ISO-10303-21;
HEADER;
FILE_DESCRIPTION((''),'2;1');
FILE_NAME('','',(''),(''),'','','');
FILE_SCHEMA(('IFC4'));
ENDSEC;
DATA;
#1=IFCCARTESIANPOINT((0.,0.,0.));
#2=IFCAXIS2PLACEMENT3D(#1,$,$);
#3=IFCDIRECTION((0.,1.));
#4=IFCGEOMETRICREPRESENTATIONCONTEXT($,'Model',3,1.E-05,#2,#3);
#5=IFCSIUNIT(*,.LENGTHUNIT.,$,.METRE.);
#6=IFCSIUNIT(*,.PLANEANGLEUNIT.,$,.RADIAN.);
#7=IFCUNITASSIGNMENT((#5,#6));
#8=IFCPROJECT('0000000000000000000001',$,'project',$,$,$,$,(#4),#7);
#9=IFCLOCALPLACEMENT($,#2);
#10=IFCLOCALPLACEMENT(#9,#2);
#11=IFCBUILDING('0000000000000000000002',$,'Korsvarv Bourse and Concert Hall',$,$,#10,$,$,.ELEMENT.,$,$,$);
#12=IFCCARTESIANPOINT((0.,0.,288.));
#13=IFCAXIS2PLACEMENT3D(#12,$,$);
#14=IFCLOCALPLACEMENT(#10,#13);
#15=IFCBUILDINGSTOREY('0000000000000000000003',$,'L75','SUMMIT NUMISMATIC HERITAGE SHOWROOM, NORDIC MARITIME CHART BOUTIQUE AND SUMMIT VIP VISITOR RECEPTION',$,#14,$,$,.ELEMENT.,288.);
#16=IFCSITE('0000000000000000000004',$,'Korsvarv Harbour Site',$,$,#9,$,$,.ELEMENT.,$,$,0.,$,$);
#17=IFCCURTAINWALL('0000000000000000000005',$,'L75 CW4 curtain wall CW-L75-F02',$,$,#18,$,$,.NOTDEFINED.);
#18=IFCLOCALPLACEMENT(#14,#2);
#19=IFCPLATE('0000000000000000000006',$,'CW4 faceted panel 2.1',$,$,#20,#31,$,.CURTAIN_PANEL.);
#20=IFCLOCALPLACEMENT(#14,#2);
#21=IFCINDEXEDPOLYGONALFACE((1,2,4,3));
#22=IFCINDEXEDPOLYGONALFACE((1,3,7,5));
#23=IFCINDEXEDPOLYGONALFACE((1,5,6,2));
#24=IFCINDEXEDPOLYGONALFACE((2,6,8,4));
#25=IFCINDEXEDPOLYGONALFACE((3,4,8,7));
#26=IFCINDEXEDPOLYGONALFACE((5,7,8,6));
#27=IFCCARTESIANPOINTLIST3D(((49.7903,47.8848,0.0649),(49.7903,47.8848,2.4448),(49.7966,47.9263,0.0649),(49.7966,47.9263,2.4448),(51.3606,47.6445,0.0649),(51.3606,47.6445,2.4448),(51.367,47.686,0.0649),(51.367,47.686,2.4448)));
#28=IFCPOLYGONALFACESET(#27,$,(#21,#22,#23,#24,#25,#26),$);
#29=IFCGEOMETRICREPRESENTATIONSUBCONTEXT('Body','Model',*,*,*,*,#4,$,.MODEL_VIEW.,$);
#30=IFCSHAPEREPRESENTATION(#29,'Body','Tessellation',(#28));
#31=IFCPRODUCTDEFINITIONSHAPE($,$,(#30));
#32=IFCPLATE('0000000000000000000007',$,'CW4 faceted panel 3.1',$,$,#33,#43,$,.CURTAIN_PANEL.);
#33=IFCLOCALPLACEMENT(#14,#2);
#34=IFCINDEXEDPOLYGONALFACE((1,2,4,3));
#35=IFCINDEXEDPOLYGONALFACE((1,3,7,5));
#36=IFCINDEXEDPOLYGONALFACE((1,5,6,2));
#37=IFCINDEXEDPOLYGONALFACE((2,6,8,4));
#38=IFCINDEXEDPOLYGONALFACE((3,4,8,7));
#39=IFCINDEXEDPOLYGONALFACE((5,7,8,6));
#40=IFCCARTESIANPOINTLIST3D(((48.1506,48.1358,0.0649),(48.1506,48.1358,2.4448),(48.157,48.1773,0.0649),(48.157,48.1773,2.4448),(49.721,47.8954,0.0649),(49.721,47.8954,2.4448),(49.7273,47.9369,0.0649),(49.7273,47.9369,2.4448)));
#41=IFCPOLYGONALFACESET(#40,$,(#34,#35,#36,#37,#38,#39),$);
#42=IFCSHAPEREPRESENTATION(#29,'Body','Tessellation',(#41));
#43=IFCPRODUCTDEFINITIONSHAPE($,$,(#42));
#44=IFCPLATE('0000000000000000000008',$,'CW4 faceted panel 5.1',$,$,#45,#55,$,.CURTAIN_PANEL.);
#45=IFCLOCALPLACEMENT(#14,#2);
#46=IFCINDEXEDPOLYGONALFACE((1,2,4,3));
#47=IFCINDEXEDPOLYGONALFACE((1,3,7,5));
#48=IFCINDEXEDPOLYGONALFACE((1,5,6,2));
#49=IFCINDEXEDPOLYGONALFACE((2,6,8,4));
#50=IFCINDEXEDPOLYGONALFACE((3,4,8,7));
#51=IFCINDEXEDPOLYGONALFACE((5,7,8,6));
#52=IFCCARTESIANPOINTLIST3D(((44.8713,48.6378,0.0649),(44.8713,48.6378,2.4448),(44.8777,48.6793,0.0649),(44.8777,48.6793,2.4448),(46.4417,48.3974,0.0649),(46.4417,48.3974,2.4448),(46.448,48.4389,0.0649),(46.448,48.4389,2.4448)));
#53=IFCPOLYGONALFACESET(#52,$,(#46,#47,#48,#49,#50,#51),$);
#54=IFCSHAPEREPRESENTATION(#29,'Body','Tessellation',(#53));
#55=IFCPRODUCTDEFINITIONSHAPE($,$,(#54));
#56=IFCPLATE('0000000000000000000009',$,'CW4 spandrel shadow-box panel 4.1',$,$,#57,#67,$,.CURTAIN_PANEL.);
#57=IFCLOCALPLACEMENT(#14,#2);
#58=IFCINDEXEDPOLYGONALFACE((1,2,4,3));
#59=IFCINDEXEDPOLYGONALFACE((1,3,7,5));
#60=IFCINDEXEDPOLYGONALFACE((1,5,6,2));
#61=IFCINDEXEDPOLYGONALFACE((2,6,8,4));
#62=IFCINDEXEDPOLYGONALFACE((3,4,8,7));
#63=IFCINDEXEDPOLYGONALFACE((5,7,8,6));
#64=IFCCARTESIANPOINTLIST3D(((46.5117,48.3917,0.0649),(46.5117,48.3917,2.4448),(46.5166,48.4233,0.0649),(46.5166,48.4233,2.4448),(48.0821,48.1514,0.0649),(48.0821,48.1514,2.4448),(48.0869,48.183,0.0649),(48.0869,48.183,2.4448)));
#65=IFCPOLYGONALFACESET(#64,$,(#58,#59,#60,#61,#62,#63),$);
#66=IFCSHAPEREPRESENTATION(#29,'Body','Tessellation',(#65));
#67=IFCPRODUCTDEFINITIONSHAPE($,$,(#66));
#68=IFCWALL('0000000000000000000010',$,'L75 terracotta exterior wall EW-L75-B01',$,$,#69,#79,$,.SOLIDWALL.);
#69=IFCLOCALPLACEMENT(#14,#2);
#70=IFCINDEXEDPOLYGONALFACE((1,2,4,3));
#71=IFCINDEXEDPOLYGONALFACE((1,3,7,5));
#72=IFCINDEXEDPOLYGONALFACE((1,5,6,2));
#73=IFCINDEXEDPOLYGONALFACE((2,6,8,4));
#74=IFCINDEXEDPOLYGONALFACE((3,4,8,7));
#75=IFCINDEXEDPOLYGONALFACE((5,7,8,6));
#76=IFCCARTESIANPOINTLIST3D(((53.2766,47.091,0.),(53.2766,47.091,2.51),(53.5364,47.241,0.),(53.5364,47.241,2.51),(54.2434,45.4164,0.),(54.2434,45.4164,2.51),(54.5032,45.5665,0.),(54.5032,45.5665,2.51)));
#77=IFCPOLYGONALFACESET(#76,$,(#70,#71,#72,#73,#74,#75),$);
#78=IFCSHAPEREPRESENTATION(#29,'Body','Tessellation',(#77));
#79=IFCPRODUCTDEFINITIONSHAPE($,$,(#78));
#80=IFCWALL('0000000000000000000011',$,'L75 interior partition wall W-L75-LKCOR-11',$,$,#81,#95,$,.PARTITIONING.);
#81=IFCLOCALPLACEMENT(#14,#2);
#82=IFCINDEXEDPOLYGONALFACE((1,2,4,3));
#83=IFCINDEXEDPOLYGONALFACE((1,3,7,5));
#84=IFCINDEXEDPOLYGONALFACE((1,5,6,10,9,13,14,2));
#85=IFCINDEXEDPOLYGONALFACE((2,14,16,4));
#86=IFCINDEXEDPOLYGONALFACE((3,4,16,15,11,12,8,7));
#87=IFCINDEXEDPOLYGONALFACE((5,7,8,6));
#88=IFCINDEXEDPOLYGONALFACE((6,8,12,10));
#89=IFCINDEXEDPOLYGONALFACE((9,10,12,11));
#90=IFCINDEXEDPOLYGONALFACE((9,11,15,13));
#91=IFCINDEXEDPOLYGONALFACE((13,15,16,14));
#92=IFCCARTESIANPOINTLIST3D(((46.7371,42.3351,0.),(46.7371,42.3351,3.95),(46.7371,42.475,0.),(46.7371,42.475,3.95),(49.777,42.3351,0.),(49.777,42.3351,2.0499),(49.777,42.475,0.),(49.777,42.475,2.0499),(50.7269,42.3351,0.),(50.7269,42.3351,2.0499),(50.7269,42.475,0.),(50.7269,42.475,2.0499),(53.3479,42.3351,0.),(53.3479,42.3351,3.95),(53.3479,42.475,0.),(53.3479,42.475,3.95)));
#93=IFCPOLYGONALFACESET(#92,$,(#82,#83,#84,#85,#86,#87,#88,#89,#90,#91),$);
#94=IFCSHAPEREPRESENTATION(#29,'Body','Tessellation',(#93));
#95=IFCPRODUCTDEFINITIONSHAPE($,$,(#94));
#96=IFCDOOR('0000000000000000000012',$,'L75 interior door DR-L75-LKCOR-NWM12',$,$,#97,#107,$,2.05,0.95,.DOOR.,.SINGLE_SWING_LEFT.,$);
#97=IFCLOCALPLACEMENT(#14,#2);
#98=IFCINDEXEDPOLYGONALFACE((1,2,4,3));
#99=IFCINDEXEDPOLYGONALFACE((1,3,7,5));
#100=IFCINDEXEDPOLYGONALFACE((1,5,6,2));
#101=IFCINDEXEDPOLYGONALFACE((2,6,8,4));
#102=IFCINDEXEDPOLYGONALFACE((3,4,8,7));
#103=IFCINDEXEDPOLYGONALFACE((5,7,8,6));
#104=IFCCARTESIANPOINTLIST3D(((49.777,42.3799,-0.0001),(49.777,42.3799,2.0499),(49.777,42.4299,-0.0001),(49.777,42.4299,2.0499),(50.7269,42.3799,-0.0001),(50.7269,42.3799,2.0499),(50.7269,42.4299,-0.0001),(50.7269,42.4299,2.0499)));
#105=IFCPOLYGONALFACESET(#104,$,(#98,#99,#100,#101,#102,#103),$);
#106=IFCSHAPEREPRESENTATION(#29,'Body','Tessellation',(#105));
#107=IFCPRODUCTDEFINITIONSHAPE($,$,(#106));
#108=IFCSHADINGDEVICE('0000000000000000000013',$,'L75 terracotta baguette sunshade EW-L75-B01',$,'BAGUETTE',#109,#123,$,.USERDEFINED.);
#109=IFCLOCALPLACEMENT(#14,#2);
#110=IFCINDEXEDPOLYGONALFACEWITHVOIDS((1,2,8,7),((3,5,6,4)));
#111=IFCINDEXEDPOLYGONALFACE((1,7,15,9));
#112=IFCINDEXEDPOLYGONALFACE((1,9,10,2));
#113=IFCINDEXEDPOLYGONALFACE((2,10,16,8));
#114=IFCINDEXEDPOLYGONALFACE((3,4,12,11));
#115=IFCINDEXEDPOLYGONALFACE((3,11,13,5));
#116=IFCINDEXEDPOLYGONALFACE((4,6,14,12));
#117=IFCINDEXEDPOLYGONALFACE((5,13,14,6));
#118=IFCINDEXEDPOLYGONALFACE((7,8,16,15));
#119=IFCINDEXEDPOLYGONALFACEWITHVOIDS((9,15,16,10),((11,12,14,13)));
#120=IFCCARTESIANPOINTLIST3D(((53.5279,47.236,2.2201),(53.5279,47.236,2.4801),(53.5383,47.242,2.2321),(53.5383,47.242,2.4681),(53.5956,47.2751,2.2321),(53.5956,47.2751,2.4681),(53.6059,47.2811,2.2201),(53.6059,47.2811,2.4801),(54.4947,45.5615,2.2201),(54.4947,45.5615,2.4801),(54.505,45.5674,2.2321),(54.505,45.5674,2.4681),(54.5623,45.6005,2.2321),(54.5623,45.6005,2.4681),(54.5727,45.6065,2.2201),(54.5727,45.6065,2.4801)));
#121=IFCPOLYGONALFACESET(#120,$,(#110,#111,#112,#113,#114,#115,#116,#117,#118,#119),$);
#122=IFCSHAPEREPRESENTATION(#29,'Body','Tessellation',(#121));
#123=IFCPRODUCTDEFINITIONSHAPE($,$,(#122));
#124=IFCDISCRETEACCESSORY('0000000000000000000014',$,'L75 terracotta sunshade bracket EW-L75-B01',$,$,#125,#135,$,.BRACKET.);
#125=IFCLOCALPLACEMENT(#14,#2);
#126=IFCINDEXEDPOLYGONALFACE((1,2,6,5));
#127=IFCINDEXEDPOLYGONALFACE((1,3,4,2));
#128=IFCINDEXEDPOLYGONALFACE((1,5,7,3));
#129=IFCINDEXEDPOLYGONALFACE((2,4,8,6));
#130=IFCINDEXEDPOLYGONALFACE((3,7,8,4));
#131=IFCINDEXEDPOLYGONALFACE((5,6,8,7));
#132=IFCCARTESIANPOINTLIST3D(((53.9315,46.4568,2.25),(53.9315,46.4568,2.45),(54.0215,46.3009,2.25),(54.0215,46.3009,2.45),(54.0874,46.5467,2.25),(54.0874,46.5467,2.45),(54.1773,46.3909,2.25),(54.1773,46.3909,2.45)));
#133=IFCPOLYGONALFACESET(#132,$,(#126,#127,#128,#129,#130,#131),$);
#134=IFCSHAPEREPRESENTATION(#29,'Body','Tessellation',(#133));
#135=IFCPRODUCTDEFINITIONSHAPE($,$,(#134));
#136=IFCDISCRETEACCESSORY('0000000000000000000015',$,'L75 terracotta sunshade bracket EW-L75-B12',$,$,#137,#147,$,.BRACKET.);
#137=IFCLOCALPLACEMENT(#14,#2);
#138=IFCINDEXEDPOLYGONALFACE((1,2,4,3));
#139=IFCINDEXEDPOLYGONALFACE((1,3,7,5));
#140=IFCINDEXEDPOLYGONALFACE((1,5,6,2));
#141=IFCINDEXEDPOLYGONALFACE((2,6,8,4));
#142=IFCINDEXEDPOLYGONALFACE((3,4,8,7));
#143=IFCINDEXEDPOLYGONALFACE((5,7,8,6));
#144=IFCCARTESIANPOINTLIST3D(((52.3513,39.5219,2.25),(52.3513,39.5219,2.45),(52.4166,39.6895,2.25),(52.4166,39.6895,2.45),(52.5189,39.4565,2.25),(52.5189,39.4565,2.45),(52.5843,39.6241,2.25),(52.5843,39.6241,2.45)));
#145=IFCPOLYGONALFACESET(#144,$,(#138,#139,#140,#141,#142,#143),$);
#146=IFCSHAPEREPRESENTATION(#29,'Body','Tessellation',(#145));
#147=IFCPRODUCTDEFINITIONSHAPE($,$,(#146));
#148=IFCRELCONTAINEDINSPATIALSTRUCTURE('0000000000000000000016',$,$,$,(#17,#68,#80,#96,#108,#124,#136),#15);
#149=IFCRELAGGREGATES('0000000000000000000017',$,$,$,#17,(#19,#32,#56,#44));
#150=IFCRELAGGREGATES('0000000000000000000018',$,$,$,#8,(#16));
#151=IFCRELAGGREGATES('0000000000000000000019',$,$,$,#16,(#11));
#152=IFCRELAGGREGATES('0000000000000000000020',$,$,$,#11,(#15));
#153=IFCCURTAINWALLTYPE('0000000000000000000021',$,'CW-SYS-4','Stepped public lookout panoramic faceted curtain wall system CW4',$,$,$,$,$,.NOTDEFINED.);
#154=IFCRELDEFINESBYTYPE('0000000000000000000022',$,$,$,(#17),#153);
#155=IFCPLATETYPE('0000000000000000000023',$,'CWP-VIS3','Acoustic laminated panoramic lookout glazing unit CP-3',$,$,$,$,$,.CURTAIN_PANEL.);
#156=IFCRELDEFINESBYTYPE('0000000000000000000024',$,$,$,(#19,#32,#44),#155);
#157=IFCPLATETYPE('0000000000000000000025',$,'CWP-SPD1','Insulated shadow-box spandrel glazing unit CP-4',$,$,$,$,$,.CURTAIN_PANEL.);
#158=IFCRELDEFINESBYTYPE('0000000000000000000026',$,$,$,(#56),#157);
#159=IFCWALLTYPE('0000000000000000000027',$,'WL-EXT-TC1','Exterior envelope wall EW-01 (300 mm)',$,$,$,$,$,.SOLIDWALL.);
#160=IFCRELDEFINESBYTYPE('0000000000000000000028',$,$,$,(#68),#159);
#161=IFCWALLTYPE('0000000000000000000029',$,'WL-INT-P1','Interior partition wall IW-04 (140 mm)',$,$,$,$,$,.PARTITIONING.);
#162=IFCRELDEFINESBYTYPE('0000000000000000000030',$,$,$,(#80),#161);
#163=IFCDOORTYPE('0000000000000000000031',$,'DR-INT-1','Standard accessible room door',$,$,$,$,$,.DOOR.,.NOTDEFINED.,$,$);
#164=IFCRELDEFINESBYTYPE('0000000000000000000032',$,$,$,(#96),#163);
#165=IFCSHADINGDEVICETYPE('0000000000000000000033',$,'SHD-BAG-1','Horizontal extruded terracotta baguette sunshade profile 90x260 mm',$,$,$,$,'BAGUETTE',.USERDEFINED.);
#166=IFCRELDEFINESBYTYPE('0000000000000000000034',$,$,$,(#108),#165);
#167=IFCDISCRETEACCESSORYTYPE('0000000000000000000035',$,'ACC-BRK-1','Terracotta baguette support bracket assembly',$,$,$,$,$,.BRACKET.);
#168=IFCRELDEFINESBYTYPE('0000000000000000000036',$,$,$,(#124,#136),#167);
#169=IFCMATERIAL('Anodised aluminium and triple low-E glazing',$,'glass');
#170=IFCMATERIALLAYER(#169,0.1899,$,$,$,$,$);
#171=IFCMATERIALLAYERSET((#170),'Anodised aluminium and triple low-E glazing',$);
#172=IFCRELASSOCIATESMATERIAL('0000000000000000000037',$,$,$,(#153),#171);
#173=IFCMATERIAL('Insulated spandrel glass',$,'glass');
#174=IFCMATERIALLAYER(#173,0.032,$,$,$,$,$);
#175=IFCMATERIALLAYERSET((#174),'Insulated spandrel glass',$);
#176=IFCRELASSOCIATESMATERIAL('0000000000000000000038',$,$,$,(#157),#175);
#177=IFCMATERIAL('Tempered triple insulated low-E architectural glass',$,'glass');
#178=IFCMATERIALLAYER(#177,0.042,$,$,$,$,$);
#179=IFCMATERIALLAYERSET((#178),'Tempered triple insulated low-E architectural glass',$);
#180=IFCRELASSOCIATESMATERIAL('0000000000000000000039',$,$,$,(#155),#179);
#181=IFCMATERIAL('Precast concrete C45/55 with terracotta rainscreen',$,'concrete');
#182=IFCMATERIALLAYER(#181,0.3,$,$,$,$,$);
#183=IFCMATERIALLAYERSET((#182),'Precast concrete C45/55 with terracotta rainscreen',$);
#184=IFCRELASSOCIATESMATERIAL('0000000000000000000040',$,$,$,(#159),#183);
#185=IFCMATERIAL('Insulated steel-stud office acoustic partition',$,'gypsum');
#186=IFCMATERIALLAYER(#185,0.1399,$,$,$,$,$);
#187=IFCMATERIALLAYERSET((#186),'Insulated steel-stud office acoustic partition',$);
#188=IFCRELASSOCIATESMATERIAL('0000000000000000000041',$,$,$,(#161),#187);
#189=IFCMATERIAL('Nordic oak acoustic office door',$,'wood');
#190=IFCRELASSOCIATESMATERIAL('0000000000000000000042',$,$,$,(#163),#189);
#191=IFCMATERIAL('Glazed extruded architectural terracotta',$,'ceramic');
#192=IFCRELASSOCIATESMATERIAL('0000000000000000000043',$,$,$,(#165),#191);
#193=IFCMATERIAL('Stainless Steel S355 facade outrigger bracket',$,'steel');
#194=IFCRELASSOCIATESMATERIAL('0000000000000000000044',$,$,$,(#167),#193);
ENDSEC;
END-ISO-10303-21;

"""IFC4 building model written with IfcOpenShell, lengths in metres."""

from ifc_helpers import new_model, si_unit, direction, frame, frame_2d, origin, origin_2d, place, context, subcontext, project, spatial, rectangle, hollow_rectangle, extrude, source, transform, mapped, material, layer, layer_set, material_profile, profile_set, type_object, element, fill, aggregate, save


model = new_model("IFC4")

# Units and contexts
model_context = context("Model", 3, precision=1e-05, world=origin(), true_north=direction((0.0, 1.0)))
body_context = subcontext(model_context, "Body", "Model", "MODEL_VIEW")
ifc_project = project(units=[si_unit("LENGTHUNIT", "METRE"), si_unit("PLANEANGLEUNIT", "RADIAN")], contexts=[model_context])

# Site, building, storey
site_placement = place(None, origin())
site = spatial("IfcSite", under=ifc_project, at=site_placement, Name="Korsvarv Harbour Site", CompositionType="ELEMENT", RefElevation=0.0)
building_placement = place(site_placement, origin())
building = spatial("IfcBuilding", under=site, at=building_placement, Name="Korsvarv Bourse and Concert Hall", CompositionType="ELEMENT")
storey_placement = place(building_placement, frame((0.0, 0.0, 288.0)))
storey = spatial("IfcBuildingStorey", under=building, at=storey_placement, Name="L75", Description="SUMMIT NUMISMATIC HERITAGE SHOWROOM, NORDIC MARITIME CHART BOUTIQUE AND SUMMIT VIP VISITOR RECEPTION", CompositionType="ELEMENT", Elevation=288.0)

# Curtain wall, plates
ifc_material_1 = material(Name="Anodised aluminium and triple low-E glazing", Category="glass")
ifc_layer_1 = layer(ifc_material_1, 0.1899)
ifc_layer_set_1 = layer_set([ifc_layer_1], Name="Anodised aluminium and triple low-E glazing")
curtain_wall_type = type_object("IfcCurtainWallType", Name="CW-SYS-4", Description="Stepped public lookout panoramic faceted curtain wall system CW4", PredefinedType="NOTDEFINED", material=ifc_layer_set_1)
curtain_wall_placement = place(storey_placement, origin())
curtain_wall = element("IfcCurtainWall", 1, at=curtain_wall_placement, inside=storey, type_object=curtain_wall_type, Name="L75 CW4 curtain wall CW-L75-F02", PredefinedType="NOTDEFINED")
ifc_material_2 = material(Name="Insulated spandrel glass", Category="glass")
ifc_layer_2 = layer(ifc_material_2, 0.032)
ifc_layer_set_2 = layer_set([ifc_layer_2], Name="Insulated spandrel glass")
plate_type_1 = type_object("IfcPlateType", Name="CWP-SPD1", Description="Insulated shadow-box spandrel glazing unit CP-4", PredefinedType="CURTAIN_PANEL", material=ifc_layer_set_2)
ifc_material_3 = material(Name="Tempered triple insulated low-E architectural glass", Category="glass")
ifc_layer_3 = layer(ifc_material_3, 0.042)
ifc_layer_set_3 = layer_set([ifc_layer_3], Name="Tempered triple insulated low-E architectural glass")
plate_type_2 = type_object("IfcPlateType", Name="CWP-VIS3", Description="Acoustic laminated panoramic lookout glazing unit CP-3", PredefinedType="CURTAIN_PANEL", material=ifc_layer_set_3)
shared_shape_1 = source(origin(), body_context, "Body", "SweptSolid", [
    extrude(rectangle(XDim=1.5886, YDim=0.042, at=origin_2d()), origin(), (0.0, 0.0, 1.0), 2.3799),
])
plate_1_placement = place(storey_placement, frame((50.5786, 47.7854, 0.0649), z_axis=(0.0, 0.0, 1.0), x_axis=(-0.988487, 0.151305, 0.0)))
plate_1 = element("IfcPlate", 2, at=plate_1_placement, type_object=plate_type_2, Name="CW4 faceted panel 2.1", PredefinedType="CURTAIN_PANEL", context=body_context, shape_type="MappedRepresentation", body=[
    mapped(shared_shape_1, transform((0.0, 0.0, 0.0), scale=1.0)),
])
plate_2_placement = place(storey_placement, frame((48.939, 48.0364, 0.0649), z_axis=(0.0, 0.0, 1.0), x_axis=(-0.988487, 0.151305, 0.0)))
plate_2 = element("IfcPlate", 3, at=plate_2_placement, type_object=plate_type_2, Name="CW4 faceted panel 3.1", PredefinedType="CURTAIN_PANEL", context=body_context, shape_type="MappedRepresentation", body=[
    mapped(shared_shape_1, transform((0.0, 0.0, 0.0), scale=1.0)),
])
plate_3_placement = place(storey_placement, frame((45.6597, 48.5383, 0.0649), z_axis=(0.0, 0.0, 1.0), x_axis=(-0.988487, 0.151305, 0.0)))
plate_3 = element("IfcPlate", 4, at=plate_3_placement, type_object=plate_type_2, Name="CW4 faceted panel 5.1", PredefinedType="CURTAIN_PANEL", context=body_context, shape_type="MappedRepresentation", body=[
    mapped(shared_shape_1, transform((0.0, 0.0, 0.0), scale=1.0)),
])
shared_shape_2 = source(origin(), body_context, "Body", "SweptSolid", [
    extrude(rectangle(XDim=1.5886, YDim=0.032, at=origin_2d()), origin(), (0.0, 0.0, 1.0), 2.3799),
])
plate_4_placement = place(storey_placement, frame((47.2993, 48.2874, 0.0649), z_axis=(0.0, 0.0, 1.0), x_axis=(-0.988487, 0.151305, 0.0)))
plate_4 = element("IfcPlate", 5, at=plate_4_placement, type_object=plate_type_1, Name="CW4 spandrel shadow-box panel 4.1", PredefinedType="CURTAIN_PANEL", context=body_context, shape_type="MappedRepresentation", body=[
    mapped(shared_shape_2, transform((0.0, 0.0, 0.0), scale=1.0)),
])
aggregate(curtain_wall, [plate_1, plate_2, plate_4, plate_3])

# Wall
ifc_material_4 = material(Name="Precast concrete C45/55 with terracotta rainscreen", Category="concrete")
ifc_layer_4 = layer(ifc_material_4, 0.3)
ifc_layer_set_4 = layer_set([ifc_layer_4], Name="Precast concrete C45/55 with terracotta rainscreen")
wall_type_1 = type_object("IfcWallType", Name="WL-EXT-TC1", Description="Exterior envelope wall EW-01 (300 mm)", PredefinedType="SOLIDWALL", material=ifc_layer_set_4)
wall_1_placement = place(storey_placement, frame((54.3733, 45.4915, 0.0), z_axis=(0.0, 0.0, 1.0), x_axis=(-0.499996, 0.866028, 0.0)))
element("IfcWall", 6, at=wall_1_placement, inside=storey, type_object=wall_type_1, Name="L75 terracotta exterior wall EW-L75-B01", PredefinedType="SOLIDWALL", context=body_context, shape_type="SweptSolid", body=[
    extrude(rectangle(XDim=1.9336, YDim=0.3, at=frame_2d((0.9668, 0.0))), origin(), (0.0, 0.0, 1.0), 2.51),
])

# Wall, opening, door
ifc_material_5 = material(Name="Insulated steel-stud office acoustic partition", Category="gypsum")
ifc_layer_5 = layer(ifc_material_5, 0.1399)
ifc_layer_set_5 = layer_set([ifc_layer_5], Name="Insulated steel-stud office acoustic partition")
wall_type_2 = type_object("IfcWallType", Name="WL-INT-P1", Description="Interior partition wall IW-04 (140 mm)", PredefinedType="PARTITIONING", material=ifc_layer_set_5)
wall_2_placement = place(storey_placement, frame((46.7371, 42.405, 0.0), z_axis=(0.0, 0.0, 1.0), x_axis=(1.0, 0.0, 0.0)))
wall_2 = element("IfcWall", 7, at=wall_2_placement, inside=storey, type_object=wall_type_2, Name="L75 interior partition wall W-L75-LKCOR-11", PredefinedType="PARTITIONING", context=body_context, shape_type="SweptSolid", body=[
    extrude(rectangle(XDim=6.6108, YDim=0.1399, at=frame_2d((3.3054, 0.0))), origin(), (0.0, 0.0, 1.0), 3.95),
])
opening_placement = place(wall_2_placement, frame((3.0398, 0.0, 0.0)))
opening = element("IfcOpeningElement", 8, at=opening_placement, cuts=wall_2, PredefinedType="OPENING", context=body_context, shape_type="SweptSolid", body=[
    extrude(rectangle(XDim=0.95, YDim=2.05, at=frame_2d((0.4751, 1.0249))), frame((0.0, 0.0801, 0.0), z_axis=(0.0, -1.0, 0.0), x_axis=(1.0, 0.0, 0.0)), (0.0, 0.0, 1.0), 0.1599),
])
ifc_material_6 = material(Name="Nordic oak acoustic office door", Category="wood")
door_type = type_object("IfcDoorType", Name="DR-INT-1", Description="Standard accessible room door", OperationType="NOTDEFINED", PredefinedType="DOOR", material=ifc_material_6)
door_placement = place(opening_placement, origin())
door = element("IfcDoor", 9, at=door_placement, inside=storey, type_object=door_type, Name="L75 interior door DR-L75-LKCOR-NWM12", OperationType="SINGLE_SWING_LEFT", OverallHeight=2.05, OverallWidth=0.95, PredefinedType="DOOR", context=body_context, shape_type="SweptSolid", body=[
    extrude(rectangle(XDim=0.95, YDim=2.05, at=frame_2d((0.4751, 1.0249))), frame((0.0, 0.0249, 0.0), z_axis=(0.0, -1.0, 0.0), x_axis=(1.0, 0.0, 0.0)), (0.0, 0.0, 1.0), 0.05),
])
fill(opening, door)

# Shading device
ifc_material_7 = material(Name="Glazed extruded architectural terracotta", Category="ceramic")
ifc_material_profile_1 = material_profile(ifc_material_7, hollow_rectangle(XDim=0.0901, YDim=0.26, WallThickness=0.012, at=origin_2d()), Name="TC-BAG 90x260")
ifc_profile_set_1 = profile_set([ifc_material_profile_1], Name="Glazed extruded architectural terracotta")
shading_device_type = type_object("IfcShadingDeviceType", Name="SHD-BAG-1", Description="Horizontal extruded terracotta baguette sunshade profile 90x260 mm", ElementType="BAGUETTE", PredefinedType="USERDEFINED", material=ifc_profile_set_1)
shared_shape_3 = source(origin(), body_context, "Body", "SweptSolid", [
    extrude(hollow_rectangle(XDim=0.0901, YDim=0.26, WallThickness=0.012, at=origin_2d()), origin(), (0.0, 0.0, 1.0), 1.9336),
])
shading_device_placement = place(storey_placement, frame((54.5337, 45.584, 2.3501), z_axis=(-0.499996, 0.866028, 0.0), x_axis=(-0.866028, -0.499996, 0.0)))
element("IfcShadingDevice", 10, at=shading_device_placement, inside=storey, type_object=shading_device_type, Name="L75 terracotta baguette sunshade EW-L75-B01", ObjectType="BAGUETTE", PredefinedType="USERDEFINED", context=body_context, shape_type="MappedRepresentation", body=[
    mapped(shared_shape_3, transform((0.0, 0.0, 0.0), scale=1.0)),
])

# Discrete accessories
ifc_material_8 = material(Name="Stainless Steel S355 facade outrigger bracket", Category="steel")
discrete_accessory_type = type_object("IfcDiscreteAccessoryType", Name="ACC-BRK-1", Description="Terracotta baguette support bracket assembly", PredefinedType="BRACKET", material=ifc_material_8)
shared_shape_4 = source(origin(), body_context, "Body", "SweptSolid", [
    extrude(rectangle(XDim=0.1799, YDim=0.1799, at=origin_2d()), origin(), (0.0, 0.0, 1.0), 0.2),
])
for number, where, z_axis, x_axis, name in (
    (11, (54.0544, 46.4238, 2.25), (0.0, 0.0, 1.0), (-0.5, 0.866025, 0.0), "L75 terracotta sunshade bracket EW-L75-B01"),
    (12, (52.4678, 39.573, 2.25), (0.0, 0.0, 1.0), (0.363251, 0.931691, 0.0), "L75 terracotta sunshade bracket EW-L75-B12"),
):
    element("IfcDiscreteAccessory", number, at=place(storey_placement, frame(where, z_axis=z_axis, x_axis=x_axis)), inside=storey, type_object=discrete_accessory_type, Name=name, PredefinedType="BRACKET", context=body_context, shape_type="MappedRepresentation", body=[
        mapped(shared_shape_4, transform((0.0, 0.0, 0.0), scale=1.0)),
    ])

save(model, "model.ifc")
